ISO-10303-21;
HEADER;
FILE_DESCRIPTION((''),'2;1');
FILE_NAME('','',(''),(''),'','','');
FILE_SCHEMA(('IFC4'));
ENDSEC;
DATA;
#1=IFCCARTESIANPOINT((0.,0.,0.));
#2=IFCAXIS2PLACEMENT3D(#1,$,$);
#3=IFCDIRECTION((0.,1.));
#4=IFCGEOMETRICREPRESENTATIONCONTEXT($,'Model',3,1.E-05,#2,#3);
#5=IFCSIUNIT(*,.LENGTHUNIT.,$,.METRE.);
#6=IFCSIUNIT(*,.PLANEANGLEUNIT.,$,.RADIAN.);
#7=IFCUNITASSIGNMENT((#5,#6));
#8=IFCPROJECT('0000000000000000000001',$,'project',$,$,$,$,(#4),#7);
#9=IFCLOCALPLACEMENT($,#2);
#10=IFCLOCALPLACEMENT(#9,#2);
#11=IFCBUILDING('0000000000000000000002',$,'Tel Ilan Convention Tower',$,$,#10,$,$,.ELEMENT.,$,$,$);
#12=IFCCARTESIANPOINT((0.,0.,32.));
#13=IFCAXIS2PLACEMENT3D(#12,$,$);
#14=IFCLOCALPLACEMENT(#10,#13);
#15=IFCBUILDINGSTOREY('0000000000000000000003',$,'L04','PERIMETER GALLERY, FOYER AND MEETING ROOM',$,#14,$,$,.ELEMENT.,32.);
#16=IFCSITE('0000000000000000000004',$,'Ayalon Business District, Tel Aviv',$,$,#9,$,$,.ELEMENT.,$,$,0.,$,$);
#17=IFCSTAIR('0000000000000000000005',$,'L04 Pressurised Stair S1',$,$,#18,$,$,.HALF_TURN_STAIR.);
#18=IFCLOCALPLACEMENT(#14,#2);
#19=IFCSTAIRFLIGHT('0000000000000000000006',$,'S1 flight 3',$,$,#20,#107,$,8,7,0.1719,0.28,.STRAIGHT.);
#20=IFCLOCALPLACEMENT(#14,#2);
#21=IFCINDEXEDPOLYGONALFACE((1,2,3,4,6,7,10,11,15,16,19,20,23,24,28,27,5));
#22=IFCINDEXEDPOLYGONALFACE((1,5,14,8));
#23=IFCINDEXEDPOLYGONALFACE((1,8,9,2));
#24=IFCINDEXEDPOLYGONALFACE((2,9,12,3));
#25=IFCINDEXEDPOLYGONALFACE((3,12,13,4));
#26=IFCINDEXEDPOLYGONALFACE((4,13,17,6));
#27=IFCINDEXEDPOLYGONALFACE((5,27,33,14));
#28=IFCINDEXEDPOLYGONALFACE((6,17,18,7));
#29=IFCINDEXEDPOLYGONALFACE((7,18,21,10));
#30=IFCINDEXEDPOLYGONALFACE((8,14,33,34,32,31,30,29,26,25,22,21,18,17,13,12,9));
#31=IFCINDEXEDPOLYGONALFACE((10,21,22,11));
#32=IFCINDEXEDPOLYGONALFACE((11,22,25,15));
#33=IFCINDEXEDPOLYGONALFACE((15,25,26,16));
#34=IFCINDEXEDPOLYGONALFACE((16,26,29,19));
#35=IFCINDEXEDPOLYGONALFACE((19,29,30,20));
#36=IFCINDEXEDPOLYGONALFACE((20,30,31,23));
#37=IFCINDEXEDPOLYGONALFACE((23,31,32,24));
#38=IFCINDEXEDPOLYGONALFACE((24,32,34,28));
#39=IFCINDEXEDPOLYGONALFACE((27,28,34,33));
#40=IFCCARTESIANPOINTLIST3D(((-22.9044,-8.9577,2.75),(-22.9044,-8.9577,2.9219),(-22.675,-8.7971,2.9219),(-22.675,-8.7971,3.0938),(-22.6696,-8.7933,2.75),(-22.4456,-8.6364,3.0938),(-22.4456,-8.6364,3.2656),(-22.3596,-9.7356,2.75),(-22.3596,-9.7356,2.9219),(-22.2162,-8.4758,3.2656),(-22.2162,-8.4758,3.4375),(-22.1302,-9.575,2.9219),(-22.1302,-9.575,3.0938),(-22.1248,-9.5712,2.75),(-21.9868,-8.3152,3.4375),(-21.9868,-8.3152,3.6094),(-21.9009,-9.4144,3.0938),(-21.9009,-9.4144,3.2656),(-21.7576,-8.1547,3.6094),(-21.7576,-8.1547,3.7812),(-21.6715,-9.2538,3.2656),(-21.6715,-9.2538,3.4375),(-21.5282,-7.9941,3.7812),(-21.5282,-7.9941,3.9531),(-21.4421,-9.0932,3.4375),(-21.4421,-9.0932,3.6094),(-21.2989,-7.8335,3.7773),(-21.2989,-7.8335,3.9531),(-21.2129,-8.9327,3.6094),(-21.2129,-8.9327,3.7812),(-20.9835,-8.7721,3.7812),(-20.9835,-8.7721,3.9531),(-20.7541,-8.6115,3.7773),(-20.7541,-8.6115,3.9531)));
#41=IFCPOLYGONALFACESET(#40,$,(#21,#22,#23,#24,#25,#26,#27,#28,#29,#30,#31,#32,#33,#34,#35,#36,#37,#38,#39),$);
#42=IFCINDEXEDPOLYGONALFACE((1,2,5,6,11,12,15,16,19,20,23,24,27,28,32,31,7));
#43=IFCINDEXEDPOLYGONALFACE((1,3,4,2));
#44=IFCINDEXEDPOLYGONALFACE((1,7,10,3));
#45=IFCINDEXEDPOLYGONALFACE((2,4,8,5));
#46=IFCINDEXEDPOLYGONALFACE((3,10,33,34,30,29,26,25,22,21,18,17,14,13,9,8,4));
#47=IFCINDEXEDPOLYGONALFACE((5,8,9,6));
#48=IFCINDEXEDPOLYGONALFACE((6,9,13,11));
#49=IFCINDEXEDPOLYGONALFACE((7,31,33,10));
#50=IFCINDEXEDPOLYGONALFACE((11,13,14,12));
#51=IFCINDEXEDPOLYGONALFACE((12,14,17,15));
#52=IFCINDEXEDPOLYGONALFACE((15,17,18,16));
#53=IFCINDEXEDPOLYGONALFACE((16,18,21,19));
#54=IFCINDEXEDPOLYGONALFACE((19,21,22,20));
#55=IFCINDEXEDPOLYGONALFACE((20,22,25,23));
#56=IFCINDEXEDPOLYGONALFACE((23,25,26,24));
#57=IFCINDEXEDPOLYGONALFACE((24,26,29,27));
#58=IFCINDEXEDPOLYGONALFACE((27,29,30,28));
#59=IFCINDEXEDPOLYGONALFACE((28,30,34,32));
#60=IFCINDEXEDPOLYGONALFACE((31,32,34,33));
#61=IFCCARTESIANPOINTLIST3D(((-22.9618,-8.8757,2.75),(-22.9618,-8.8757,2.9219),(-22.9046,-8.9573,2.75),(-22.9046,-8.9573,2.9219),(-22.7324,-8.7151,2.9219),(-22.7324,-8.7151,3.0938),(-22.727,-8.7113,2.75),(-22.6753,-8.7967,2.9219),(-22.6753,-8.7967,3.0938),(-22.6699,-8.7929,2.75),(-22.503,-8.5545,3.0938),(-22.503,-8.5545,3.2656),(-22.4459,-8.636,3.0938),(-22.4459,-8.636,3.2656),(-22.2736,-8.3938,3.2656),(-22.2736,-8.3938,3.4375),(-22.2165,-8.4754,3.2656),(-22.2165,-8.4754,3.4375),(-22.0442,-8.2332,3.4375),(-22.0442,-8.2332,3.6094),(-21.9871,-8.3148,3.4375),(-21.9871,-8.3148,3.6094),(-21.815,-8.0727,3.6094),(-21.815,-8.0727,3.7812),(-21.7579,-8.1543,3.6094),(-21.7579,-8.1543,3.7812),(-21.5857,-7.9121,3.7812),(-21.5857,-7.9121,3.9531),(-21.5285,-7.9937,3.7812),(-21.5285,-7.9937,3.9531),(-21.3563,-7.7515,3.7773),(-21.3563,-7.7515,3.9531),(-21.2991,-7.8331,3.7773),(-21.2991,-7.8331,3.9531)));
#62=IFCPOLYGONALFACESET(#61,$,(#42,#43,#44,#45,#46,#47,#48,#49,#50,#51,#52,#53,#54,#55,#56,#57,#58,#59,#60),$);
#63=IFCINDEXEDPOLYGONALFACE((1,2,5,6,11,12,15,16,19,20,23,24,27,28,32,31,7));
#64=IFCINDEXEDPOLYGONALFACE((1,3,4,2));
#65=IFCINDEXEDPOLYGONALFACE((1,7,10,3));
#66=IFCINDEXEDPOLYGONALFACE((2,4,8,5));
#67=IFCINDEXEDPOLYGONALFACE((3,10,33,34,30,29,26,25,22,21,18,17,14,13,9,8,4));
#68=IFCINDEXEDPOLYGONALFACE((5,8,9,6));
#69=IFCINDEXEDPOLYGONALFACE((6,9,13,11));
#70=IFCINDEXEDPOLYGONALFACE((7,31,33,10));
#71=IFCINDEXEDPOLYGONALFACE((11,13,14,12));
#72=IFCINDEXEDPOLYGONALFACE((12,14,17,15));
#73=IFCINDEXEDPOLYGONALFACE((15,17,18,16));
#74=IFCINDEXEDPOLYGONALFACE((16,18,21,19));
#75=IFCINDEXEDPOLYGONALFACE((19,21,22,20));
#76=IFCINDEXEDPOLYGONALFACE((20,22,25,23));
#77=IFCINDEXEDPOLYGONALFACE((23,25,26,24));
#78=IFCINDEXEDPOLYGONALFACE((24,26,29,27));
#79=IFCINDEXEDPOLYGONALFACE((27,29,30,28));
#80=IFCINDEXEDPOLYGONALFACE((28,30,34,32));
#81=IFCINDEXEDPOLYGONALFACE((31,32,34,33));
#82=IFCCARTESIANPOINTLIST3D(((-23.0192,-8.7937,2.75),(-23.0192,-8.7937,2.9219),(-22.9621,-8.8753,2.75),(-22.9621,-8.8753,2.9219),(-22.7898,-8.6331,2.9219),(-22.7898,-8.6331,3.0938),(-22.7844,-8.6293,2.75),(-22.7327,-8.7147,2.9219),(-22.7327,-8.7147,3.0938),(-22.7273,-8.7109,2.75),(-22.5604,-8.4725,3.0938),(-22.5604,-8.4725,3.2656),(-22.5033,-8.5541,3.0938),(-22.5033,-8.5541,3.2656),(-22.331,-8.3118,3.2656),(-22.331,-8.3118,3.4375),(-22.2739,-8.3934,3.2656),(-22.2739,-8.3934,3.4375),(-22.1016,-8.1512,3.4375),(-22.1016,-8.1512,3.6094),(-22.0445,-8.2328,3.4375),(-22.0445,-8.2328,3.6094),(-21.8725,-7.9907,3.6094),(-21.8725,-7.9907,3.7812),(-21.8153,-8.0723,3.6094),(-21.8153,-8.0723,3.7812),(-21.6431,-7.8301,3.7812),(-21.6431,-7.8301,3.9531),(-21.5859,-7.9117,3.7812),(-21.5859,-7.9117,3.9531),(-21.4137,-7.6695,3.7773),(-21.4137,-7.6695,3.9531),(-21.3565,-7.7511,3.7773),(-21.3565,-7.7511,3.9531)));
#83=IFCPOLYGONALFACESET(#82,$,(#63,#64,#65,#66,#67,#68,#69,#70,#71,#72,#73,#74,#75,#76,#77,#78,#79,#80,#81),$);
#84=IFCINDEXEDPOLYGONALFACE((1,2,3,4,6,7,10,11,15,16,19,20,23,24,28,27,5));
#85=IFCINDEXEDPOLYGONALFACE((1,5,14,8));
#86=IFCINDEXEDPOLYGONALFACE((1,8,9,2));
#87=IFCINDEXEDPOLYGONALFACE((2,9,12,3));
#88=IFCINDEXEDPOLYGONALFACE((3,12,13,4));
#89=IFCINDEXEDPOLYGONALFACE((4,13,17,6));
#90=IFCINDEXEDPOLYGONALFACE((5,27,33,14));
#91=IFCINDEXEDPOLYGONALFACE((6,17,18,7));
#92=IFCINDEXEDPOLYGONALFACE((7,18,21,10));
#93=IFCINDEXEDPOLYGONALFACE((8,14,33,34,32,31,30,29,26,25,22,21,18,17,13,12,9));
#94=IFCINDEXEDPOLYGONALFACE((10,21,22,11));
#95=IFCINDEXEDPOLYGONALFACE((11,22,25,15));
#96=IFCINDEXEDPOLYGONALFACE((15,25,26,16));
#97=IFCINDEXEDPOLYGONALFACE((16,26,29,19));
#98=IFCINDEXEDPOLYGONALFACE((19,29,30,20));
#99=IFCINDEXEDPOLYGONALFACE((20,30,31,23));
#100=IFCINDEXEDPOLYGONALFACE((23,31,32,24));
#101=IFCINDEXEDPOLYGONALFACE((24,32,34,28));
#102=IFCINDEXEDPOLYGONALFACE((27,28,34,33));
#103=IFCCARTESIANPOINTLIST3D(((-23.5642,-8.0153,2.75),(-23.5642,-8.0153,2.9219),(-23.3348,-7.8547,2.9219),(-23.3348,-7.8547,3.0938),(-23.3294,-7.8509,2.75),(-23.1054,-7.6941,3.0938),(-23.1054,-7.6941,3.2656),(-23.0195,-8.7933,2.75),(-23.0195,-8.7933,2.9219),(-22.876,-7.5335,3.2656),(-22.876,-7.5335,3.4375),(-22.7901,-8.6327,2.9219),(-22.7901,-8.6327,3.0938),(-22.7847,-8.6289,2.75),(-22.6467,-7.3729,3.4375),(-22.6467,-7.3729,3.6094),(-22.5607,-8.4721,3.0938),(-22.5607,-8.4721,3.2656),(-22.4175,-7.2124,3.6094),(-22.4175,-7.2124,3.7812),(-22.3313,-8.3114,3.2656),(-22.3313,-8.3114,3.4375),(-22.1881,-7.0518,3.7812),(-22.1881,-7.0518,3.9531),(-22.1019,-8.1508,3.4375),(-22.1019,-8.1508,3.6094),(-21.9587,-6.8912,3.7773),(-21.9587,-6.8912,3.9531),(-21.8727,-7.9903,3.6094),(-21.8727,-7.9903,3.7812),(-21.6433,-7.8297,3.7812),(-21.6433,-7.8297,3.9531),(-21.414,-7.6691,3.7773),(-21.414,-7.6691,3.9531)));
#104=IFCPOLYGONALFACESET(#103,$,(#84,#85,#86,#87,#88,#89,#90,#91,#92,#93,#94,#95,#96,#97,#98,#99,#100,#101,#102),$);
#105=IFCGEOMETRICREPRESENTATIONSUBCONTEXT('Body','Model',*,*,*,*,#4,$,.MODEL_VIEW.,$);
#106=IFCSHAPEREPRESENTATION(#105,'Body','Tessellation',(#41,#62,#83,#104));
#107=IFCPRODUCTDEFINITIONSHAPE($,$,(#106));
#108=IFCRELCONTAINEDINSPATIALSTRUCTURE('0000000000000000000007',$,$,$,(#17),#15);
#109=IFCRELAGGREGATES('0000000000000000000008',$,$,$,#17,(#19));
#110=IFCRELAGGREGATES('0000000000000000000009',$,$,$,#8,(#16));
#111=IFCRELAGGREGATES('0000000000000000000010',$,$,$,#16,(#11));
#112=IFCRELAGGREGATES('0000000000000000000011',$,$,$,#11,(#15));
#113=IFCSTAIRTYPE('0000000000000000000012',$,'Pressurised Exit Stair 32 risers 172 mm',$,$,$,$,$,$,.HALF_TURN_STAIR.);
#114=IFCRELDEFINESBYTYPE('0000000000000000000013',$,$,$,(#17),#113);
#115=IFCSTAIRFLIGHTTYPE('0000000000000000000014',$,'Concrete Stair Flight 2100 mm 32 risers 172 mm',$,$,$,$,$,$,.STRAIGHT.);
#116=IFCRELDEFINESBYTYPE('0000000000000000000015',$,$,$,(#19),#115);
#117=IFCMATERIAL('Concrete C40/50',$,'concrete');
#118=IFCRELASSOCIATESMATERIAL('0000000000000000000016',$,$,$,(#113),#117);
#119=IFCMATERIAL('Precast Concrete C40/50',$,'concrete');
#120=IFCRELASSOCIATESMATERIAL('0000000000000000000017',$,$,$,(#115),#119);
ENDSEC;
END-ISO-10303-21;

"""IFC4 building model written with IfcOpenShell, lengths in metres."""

from ifc_helpers import new_model, si_unit, direction, frame, origin, place, context, subcontext, project, spatial, polyline, outline, extrude, material, type_object, element, aggregate, save


model = new_model("IFC4")

# Units and contexts
model_context = context("Model", 3, precision=1e-05, world=origin(), true_north=direction((0.0, 1.0)))
body_context = subcontext(model_context, "Body", "Model", "MODEL_VIEW")
ifc_project = project(units=[si_unit("LENGTHUNIT", "METRE"), si_unit("PLANEANGLEUNIT", "RADIAN")], contexts=[model_context])

# Site, building, storey
site_placement = place(None, origin())
site = spatial("IfcSite", under=ifc_project, at=site_placement, Name="Ayalon Business District, Tel Aviv", CompositionType="ELEMENT", RefElevation=0.0)
building_placement = place(site_placement, origin())
building = spatial("IfcBuilding", under=site, at=building_placement, Name="Tel Ilan Convention Tower", CompositionType="ELEMENT")
storey_placement = place(building_placement, frame((0.0, 0.0, 32.0)))
storey = spatial("IfcBuildingStorey", under=building, at=storey_placement, Name="L04", Description="PERIMETER GALLERY, FOYER AND MEETING ROOM", CompositionType="ELEMENT", Elevation=32.0)

# Stair, stair flight
ifc_material_1 = material(Name="Concrete C40/50", Category="concrete")
stair_type = type_object("IfcStairType", Name="Pressurised Exit Stair 32 risers 172 mm", PredefinedType="HALF_TURN_STAIR", material=ifc_material_1)
stair_placement = place(storey_placement, origin())
stair = element("IfcStair", 1, at=stair_placement, inside=storey, type_object=stair_type, Name="L04 Pressurised Stair S1", PredefinedType="HALF_TURN_STAIR")
ifc_material_2 = material(Name="Precast Concrete C40/50", Category="concrete")
stair_flight_type = type_object("IfcStairFlightType", Name="Concrete Stair Flight 2100 mm 32 risers 172 mm", PredefinedType="STRAIGHT", material=ifc_material_2)
stair_flight_1_placement = place(storey_placement, frame((-22.9619, -8.8755, 2.75), z_axis=(0.0, 0.0, 1.0), x_axis=(0.819152, 0.573576, 0.0)))
stair_flight_1 = element("IfcStairFlight", 2, at=stair_flight_1_placement, type_object=stair_flight_type, Name="S1 flight 3", NumberOfRisers=8, NumberOfTreads=7, PredefinedType="STRAIGHT", RiserHeight=0.1719, TreadLength=0.28, context=body_context, shape_type="SweptSolid", body=[
    extrude(outline(polyline([(0.0, 0.0), (0.0, 0.1719), (0.28, 0.1719), (0.28, 0.3438), (0.5601, 0.3438), (0.5601, 0.5156), (0.8401, 0.5156), (0.8401, 0.6875), (1.1201, 0.6875), (1.1201, 0.8594), (1.3999, 0.8594), (1.3999, 1.0312), (1.6799, 1.0312), (1.6799, 1.2031), (1.96, 1.2031), (1.96, 1.375), (1.96, 1.0273), (0.2866, 0.0), (0.0, 0.0)])), frame((0.0, -0.1003, 0.0), z_axis=(0.0, -1.0, 0.0), x_axis=(1.0, 0.0, 0.0)), (0.0, 0.0, 1.0), 0.9497),
    extrude(outline(polyline([(0.0, 0.0), (0.0, 0.1719), (0.28, 0.1719), (0.28, 0.3438), (0.5601, 0.3438), (0.5601, 0.5156), (0.8401, 0.5156), (0.8401, 0.6875), (1.1201, 0.6875), (1.1201, 0.8594), (1.3999, 0.8594), (1.3999, 1.0312), (1.6799, 1.0312), (1.6799, 1.2031), (1.96, 1.2031), (1.96, 1.375), (1.96, 1.0273), (0.2866, 0.0), (0.0, 0.0)])), frame((0.0, -0.0002, 0.0), z_axis=(0.0, -1.0, 0.0), x_axis=(1.0, 0.0, 0.0)), (0.0, 0.0, 1.0), 0.0996),
    extrude(outline(polyline([(0.0, 0.0), (0.0, 0.1719), (0.28, 0.1719), (0.28, 0.3438), (0.5601, 0.3438), (0.5601, 0.5156), (0.8401, 0.5156), (0.8401, 0.6875), (1.1201, 0.6875), (1.1201, 0.8594), (1.3999, 0.8594), (1.3999, 1.0312), (1.6799, 1.0312), (1.6799, 1.2031), (1.96, 1.2031), (1.96, 1.375), (1.96, 1.0273), (0.2866, 0.0), (0.0, 0.0)])), frame((0.0, 0.0999, 0.0), z_axis=(0.0, -1.0, 0.0), x_axis=(1.0, 0.0, 0.0)), (0.0, 0.0, 1.0), 0.0996),
    extrude(outline(polyline([(0.0, 0.0), (0.0, 0.1719), (0.28, 0.1719), (0.28, 0.3438), (0.5601, 0.3438), (0.5601, 0.5156), (0.8401, 0.5156), (0.8401, 0.6875), (1.1201, 0.6875), (1.1201, 0.8594), (1.3999, 0.8594), (1.3999, 1.0312), (1.6799, 1.0312), (1.6799, 1.2031), (1.96, 1.2031), (1.96, 1.375), (1.96, 1.0273), (0.2866, 0.0), (0.0, 0.0)])), frame((0.0, 1.05, 0.0), z_axis=(0.0, -1.0, 0.0), x_axis=(1.0, 0.0, 0.0)), (0.0, 0.0, 1.0), 0.9497),
])
aggregate(stair, [stair_flight_1])

save(model, "model.ifc")
